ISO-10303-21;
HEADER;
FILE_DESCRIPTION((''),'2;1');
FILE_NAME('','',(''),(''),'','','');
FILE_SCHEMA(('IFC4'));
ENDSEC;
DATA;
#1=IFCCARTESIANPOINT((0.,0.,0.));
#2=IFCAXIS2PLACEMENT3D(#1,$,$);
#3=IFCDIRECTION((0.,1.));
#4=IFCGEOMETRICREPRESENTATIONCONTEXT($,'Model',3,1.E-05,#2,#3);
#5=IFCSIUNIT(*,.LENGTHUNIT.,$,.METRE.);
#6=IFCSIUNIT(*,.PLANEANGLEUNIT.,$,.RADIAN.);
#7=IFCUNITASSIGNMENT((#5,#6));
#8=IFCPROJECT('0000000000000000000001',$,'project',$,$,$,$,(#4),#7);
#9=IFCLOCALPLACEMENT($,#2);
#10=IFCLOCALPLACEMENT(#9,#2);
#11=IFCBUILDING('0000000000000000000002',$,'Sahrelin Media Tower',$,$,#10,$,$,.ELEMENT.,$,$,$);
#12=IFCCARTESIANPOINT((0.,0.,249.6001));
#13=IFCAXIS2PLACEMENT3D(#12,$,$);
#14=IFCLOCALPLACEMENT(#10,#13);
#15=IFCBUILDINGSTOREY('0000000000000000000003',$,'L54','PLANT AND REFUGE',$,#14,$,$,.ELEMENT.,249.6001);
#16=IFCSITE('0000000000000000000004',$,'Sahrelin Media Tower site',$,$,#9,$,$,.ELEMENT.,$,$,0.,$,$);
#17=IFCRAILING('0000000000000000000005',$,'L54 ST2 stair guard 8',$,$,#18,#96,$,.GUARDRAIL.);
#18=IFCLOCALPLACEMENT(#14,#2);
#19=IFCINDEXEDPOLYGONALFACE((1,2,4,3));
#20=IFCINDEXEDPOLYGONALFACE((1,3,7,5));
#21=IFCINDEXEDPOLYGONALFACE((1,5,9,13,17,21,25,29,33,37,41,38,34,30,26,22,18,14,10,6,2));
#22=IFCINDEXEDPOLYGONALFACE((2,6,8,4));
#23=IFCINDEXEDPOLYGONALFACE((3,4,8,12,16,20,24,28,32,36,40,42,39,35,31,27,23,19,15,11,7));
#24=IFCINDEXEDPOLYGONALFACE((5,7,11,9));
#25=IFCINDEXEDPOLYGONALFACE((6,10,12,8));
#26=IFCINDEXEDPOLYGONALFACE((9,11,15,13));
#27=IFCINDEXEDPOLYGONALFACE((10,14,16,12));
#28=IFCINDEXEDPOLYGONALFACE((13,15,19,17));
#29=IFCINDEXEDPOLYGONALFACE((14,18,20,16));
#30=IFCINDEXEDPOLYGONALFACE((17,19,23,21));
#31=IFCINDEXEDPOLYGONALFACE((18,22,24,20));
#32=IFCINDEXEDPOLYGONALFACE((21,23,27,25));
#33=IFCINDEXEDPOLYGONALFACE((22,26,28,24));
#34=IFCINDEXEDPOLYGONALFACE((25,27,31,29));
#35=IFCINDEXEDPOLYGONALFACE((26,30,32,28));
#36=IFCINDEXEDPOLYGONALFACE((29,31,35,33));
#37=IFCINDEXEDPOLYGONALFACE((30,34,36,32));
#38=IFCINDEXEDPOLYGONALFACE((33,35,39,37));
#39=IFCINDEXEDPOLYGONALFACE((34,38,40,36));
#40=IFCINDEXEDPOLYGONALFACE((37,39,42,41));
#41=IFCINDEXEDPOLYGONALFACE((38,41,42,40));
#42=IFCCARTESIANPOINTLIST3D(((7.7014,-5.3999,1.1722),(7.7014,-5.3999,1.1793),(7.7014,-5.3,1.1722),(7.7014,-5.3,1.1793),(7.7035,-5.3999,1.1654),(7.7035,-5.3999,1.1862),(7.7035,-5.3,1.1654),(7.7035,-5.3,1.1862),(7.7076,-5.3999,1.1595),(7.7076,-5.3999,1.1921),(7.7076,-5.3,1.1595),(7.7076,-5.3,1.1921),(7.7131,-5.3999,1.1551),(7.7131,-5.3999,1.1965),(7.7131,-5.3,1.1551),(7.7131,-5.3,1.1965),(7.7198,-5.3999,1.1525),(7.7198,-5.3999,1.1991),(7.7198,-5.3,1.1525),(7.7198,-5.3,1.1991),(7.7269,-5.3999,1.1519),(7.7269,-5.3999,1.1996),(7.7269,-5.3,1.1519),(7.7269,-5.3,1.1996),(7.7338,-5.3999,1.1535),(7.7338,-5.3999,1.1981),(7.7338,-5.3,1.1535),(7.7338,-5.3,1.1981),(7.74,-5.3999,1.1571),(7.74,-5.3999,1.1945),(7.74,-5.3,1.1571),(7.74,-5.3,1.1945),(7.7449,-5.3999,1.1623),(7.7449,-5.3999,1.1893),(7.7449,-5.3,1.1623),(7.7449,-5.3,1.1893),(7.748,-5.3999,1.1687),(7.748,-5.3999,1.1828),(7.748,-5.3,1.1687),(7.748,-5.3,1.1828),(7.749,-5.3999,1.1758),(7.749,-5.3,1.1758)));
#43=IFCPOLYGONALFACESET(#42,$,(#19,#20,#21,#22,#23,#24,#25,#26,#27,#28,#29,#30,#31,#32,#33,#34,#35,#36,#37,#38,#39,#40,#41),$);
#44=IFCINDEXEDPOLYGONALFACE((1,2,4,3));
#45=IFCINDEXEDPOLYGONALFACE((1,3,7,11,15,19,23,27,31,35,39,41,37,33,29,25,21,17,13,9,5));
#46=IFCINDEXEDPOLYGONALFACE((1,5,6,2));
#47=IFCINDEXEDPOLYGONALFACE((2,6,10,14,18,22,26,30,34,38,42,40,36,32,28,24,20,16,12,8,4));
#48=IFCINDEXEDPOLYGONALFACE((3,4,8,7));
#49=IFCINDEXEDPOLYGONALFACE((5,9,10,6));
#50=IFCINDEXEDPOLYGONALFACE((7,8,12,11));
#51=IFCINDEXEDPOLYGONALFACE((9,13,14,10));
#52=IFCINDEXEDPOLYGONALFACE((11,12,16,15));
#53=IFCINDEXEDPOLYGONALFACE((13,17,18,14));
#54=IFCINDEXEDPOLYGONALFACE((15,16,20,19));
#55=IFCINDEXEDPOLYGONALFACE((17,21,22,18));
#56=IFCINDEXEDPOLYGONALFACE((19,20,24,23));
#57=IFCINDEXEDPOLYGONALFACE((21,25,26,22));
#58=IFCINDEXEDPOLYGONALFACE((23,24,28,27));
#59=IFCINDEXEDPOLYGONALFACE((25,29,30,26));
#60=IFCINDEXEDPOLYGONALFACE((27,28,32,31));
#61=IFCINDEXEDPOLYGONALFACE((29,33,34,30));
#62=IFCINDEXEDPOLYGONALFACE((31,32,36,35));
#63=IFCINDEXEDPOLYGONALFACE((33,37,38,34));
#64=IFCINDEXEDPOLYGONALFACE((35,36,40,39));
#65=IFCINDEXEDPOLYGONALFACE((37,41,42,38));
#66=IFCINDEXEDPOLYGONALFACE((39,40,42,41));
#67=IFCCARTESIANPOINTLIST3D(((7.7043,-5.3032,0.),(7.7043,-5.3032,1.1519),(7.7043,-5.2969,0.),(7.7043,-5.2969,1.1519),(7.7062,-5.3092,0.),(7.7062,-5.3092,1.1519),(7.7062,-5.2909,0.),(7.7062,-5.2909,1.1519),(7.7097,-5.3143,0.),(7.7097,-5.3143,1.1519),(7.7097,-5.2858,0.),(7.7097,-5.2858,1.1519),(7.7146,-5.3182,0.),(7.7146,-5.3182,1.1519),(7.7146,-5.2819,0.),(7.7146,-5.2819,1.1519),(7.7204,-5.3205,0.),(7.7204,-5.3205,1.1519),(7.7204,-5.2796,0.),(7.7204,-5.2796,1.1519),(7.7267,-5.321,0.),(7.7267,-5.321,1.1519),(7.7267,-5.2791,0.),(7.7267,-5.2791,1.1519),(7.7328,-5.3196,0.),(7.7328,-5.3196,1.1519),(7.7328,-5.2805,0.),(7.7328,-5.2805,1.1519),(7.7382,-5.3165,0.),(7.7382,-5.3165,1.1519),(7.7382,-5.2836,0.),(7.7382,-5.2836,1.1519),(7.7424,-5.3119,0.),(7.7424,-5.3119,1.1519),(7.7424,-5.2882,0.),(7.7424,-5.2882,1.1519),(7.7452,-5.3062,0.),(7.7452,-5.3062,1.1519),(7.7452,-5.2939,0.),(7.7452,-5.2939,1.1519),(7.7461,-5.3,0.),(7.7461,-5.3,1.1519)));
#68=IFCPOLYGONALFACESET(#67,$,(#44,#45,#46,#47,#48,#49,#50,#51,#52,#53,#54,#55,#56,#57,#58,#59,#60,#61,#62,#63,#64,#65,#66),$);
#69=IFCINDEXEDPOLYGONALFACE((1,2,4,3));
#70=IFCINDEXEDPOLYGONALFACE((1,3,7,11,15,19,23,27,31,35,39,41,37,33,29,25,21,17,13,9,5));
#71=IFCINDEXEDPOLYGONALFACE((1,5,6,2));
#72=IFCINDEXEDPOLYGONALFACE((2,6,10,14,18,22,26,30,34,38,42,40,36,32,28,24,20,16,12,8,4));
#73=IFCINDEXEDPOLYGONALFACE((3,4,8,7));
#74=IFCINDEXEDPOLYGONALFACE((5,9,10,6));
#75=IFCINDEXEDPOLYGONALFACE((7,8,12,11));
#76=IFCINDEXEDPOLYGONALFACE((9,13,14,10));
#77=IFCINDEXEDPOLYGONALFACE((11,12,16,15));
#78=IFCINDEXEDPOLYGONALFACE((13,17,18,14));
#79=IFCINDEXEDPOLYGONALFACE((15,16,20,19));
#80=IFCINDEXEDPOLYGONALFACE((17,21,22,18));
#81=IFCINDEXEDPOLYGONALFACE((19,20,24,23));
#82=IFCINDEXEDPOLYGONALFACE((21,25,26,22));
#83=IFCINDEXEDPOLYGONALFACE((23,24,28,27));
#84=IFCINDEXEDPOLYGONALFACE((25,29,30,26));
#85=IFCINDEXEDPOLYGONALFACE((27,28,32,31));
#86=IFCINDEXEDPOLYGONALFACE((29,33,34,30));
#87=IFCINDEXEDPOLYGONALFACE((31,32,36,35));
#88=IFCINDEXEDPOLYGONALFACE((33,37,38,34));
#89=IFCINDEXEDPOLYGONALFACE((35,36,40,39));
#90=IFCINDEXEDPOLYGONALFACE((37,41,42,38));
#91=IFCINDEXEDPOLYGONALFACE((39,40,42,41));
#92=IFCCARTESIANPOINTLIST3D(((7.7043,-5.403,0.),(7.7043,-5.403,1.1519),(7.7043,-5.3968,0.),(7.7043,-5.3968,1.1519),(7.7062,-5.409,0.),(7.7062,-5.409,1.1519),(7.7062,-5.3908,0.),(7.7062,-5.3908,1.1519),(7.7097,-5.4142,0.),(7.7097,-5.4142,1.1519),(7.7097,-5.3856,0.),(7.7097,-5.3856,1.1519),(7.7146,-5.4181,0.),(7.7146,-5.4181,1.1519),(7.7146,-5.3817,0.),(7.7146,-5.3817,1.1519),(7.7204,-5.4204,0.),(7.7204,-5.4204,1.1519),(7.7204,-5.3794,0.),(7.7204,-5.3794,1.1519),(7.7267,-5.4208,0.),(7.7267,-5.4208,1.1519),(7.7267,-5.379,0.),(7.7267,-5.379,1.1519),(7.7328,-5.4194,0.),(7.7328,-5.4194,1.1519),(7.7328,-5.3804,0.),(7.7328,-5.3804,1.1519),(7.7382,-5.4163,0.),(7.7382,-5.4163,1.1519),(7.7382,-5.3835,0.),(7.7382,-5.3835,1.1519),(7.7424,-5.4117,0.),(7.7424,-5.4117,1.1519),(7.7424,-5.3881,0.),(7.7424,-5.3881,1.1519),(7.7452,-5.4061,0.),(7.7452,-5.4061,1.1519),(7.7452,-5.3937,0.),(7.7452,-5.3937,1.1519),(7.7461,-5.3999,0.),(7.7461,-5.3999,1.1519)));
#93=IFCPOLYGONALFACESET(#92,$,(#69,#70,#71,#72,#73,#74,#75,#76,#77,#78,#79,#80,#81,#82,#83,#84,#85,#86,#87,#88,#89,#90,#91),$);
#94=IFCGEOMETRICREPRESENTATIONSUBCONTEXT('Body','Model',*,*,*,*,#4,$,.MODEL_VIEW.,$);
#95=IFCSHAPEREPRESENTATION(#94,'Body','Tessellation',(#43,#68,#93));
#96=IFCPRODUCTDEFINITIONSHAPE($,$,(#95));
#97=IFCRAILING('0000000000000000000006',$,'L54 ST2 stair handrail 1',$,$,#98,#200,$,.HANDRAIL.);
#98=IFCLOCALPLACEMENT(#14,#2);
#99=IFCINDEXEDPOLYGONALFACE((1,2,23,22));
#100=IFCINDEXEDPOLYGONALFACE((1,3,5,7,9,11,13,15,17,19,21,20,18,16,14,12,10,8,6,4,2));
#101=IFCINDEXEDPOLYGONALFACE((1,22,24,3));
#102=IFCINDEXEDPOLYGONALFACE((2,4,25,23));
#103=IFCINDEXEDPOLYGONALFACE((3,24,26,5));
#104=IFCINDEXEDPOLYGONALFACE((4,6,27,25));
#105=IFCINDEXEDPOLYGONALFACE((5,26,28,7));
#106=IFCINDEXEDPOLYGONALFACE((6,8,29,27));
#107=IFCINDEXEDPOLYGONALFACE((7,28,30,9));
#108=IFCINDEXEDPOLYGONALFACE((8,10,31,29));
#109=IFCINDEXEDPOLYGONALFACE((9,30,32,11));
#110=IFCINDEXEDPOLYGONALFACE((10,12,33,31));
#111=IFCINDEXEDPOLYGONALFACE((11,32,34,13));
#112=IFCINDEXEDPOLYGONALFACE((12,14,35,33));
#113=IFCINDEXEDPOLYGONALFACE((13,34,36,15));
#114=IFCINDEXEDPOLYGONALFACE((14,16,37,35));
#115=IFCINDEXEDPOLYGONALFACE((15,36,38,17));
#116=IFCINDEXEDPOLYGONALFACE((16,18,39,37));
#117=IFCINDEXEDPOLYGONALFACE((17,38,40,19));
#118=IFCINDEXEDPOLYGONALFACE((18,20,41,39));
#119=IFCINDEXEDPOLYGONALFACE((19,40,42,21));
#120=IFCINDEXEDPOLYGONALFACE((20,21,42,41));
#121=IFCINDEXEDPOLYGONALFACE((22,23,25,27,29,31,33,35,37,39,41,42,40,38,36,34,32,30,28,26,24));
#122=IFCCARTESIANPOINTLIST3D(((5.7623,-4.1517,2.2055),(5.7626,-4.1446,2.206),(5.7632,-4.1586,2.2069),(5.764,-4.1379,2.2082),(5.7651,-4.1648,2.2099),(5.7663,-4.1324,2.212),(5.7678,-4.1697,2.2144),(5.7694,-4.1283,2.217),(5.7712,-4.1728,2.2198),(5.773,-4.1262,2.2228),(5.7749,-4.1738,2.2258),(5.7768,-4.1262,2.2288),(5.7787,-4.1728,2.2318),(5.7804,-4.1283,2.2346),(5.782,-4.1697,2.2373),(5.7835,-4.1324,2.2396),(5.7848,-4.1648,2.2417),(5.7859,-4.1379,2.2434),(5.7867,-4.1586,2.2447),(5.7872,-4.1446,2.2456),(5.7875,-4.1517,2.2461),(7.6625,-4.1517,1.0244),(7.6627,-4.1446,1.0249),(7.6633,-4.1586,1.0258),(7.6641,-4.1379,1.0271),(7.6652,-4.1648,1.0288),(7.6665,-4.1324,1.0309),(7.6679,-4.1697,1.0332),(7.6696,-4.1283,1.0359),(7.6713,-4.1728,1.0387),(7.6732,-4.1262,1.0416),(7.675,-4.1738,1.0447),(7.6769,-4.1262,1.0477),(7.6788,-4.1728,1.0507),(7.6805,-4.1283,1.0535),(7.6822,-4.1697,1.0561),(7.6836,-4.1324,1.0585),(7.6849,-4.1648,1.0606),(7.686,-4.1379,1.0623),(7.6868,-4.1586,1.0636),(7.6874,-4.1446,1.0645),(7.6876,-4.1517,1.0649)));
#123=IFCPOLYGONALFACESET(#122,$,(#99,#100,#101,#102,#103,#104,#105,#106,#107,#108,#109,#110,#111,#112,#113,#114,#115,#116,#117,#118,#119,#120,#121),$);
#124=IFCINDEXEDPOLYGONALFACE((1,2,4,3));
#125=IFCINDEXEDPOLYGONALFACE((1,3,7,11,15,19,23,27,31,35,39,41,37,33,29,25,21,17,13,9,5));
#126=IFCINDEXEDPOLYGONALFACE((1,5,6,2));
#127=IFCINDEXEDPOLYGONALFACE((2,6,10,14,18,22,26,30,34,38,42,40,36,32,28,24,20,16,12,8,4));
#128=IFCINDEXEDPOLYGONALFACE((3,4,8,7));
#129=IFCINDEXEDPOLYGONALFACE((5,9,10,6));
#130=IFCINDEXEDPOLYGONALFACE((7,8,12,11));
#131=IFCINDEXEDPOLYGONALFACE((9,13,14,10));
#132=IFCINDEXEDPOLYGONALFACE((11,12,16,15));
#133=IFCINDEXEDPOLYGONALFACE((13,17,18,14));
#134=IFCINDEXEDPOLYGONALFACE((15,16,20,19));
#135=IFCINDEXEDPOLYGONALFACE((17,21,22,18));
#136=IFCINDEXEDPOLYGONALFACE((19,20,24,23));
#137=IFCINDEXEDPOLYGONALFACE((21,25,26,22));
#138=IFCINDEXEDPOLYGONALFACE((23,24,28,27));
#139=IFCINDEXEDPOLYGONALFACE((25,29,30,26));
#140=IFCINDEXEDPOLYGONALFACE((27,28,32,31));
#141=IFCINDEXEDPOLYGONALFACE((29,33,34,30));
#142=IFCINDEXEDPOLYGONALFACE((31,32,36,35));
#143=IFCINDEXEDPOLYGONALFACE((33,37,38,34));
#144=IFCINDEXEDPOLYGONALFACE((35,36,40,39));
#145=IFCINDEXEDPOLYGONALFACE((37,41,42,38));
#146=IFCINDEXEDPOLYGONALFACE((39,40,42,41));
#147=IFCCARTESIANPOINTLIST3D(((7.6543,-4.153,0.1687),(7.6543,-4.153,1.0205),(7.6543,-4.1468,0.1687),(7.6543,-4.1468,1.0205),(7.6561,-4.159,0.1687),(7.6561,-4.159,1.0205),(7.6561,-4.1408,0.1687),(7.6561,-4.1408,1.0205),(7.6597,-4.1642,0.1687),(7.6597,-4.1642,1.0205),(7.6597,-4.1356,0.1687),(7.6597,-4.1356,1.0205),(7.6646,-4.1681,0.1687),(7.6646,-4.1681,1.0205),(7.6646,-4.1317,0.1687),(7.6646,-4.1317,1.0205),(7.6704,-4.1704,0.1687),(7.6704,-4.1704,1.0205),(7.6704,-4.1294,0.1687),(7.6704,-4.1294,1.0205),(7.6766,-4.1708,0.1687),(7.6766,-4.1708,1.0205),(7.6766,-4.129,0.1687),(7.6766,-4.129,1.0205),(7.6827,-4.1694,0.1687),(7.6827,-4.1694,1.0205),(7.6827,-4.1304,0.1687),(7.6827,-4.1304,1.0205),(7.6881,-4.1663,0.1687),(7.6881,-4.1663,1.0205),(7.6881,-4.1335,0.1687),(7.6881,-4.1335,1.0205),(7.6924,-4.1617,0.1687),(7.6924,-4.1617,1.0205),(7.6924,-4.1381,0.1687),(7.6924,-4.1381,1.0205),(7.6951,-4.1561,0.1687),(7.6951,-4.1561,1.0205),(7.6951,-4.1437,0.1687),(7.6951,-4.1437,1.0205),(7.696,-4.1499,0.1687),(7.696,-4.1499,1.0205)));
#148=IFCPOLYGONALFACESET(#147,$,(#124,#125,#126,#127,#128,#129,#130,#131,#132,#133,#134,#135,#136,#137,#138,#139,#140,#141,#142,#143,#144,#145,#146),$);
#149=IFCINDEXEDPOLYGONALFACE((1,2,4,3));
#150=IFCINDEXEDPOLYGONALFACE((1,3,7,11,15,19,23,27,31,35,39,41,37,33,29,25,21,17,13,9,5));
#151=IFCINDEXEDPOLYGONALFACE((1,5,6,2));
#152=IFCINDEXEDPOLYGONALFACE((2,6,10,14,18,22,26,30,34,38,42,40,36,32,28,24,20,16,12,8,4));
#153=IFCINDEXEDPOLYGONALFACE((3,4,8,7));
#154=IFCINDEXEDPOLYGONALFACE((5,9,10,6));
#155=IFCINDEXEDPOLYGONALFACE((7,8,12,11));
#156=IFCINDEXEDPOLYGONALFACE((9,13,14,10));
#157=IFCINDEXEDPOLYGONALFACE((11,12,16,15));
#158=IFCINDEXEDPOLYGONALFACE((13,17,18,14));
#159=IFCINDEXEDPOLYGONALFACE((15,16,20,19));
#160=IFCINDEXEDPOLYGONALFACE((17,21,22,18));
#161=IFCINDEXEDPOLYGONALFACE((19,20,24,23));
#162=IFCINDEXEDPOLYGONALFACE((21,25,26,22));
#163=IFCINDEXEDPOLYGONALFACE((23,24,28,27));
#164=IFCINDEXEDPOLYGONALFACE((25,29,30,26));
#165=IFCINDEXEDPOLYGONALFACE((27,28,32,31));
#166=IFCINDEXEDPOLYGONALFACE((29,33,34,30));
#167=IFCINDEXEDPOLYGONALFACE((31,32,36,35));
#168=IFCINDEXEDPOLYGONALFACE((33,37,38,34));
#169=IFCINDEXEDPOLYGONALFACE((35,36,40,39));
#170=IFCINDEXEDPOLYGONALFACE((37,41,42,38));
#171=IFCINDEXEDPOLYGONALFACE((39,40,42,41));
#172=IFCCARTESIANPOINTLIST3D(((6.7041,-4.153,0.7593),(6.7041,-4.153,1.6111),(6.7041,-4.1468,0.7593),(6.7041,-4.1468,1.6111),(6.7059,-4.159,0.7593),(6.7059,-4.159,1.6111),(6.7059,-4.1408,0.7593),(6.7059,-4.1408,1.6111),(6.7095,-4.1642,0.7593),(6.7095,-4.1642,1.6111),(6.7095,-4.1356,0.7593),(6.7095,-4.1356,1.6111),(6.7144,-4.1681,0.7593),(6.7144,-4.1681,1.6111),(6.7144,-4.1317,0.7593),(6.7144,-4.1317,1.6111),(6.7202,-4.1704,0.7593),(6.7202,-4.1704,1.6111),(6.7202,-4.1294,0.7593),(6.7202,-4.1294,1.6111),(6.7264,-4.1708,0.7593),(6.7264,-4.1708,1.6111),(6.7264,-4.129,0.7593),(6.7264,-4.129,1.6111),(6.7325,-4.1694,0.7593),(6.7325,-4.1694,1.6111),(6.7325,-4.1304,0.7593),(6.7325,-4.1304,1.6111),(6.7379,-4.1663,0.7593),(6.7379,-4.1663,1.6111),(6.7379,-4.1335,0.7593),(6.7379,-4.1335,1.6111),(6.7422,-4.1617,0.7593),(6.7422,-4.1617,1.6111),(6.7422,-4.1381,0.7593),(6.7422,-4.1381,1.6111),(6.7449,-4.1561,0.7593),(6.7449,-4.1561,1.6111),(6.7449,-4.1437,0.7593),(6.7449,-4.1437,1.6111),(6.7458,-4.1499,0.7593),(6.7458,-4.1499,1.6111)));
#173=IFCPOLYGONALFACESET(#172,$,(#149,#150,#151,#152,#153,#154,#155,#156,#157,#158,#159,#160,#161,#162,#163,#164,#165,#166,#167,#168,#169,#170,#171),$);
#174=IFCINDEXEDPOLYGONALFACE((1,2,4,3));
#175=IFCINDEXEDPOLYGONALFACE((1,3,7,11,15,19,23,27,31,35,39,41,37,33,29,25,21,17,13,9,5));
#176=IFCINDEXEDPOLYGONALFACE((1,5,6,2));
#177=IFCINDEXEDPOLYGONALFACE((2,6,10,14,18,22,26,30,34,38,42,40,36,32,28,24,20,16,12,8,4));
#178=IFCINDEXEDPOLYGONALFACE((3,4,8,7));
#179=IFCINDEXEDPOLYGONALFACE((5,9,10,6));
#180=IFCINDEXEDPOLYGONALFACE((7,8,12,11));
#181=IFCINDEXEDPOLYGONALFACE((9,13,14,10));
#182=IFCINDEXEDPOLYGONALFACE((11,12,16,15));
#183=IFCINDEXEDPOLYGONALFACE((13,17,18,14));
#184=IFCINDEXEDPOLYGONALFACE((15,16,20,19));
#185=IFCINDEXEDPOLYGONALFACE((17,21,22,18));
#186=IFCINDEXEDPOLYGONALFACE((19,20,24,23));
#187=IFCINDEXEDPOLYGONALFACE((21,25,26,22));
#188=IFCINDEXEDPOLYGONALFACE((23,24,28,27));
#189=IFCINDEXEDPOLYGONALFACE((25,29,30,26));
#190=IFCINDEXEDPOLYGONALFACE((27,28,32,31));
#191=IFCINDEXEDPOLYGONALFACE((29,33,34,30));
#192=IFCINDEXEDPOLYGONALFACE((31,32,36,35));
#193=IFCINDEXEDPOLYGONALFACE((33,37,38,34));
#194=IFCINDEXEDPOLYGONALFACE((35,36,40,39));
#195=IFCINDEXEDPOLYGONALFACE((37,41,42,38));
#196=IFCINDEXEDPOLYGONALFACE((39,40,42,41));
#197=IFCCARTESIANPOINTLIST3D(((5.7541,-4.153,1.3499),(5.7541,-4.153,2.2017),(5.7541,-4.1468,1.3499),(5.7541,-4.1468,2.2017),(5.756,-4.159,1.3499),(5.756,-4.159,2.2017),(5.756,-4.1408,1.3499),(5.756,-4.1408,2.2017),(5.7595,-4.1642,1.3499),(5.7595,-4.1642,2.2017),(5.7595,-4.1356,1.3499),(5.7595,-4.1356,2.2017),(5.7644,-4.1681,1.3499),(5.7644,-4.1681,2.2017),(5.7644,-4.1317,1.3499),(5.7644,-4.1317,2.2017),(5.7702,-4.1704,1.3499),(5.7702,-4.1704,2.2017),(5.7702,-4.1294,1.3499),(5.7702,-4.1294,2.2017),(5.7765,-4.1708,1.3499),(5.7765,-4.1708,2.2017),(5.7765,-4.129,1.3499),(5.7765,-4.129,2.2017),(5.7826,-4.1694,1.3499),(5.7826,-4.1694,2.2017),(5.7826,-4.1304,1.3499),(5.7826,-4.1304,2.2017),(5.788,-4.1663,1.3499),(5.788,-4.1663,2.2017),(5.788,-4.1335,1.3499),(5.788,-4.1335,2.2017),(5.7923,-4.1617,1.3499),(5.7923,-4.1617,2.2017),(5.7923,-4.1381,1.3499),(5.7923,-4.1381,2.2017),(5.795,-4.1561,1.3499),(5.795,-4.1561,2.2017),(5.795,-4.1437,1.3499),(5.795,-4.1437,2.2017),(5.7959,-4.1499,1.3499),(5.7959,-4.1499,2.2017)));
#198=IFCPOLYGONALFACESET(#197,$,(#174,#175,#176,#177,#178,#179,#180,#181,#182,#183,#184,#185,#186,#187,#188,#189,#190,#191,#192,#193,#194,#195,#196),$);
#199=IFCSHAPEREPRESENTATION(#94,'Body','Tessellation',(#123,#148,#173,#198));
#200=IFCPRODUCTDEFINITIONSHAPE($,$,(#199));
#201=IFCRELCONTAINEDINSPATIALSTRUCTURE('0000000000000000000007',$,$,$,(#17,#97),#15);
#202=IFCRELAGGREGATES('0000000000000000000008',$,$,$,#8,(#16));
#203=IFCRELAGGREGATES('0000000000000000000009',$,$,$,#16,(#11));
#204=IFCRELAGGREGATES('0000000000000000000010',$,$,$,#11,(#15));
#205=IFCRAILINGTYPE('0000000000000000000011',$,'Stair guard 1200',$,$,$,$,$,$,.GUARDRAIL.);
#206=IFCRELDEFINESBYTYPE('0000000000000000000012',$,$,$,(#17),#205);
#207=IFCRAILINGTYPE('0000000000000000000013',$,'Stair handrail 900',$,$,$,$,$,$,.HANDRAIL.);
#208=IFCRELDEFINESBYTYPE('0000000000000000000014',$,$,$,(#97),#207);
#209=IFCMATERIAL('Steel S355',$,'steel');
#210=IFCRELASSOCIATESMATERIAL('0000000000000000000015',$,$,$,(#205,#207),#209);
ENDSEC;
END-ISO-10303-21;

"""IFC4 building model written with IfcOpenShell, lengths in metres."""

from ifc_helpers import new_model, si_unit, direction, frame, origin, origin_2d, place, context, subcontext, project, spatial, circle, extrude, material, type_object, element, save


model = new_model("IFC4")

# Units and contexts
model_context = context("Model", 3, precision=1e-05, world=origin(), true_north=direction((0.0, 1.0)))
body_context = subcontext(model_context, "Body", "Model", "MODEL_VIEW")
ifc_project = project(units=[si_unit("LENGTHUNIT", "METRE"), si_unit("PLANEANGLEUNIT", "RADIAN")], contexts=[model_context])

# Site, building, storey
site_placement = place(None, origin())
site = spatial("IfcSite", under=ifc_project, at=site_placement, Name="Sahrelin Media Tower site", CompositionType="ELEMENT", RefElevation=0.0)
building_placement = place(site_placement, origin())
building = spatial("IfcBuilding", under=site, at=building_placement, Name="Sahrelin Media Tower", CompositionType="ELEMENT")
storey_placement = place(building_placement, frame((0.0, 0.0, 249.6001)))
storey = spatial("IfcBuildingStorey", under=building, at=storey_placement, Name="L54", Description="PLANT AND REFUGE", CompositionType="ELEMENT", Elevation=249.6001)

# Shared definitions
ifc_material_1 = material(Name="Steel S355", Category="steel")

# Railings
railing_type_1 = type_object("IfcRailingType", Name="Stair guard 1200", PredefinedType="GUARDRAIL", material=ifc_material_1)
railing_1_placement = place(storey_placement, frame((7.7251, -5.3, 0.0)))
element("IfcRailing", 1, at=railing_1_placement, inside=storey, type_object=railing_type_1, Name="L54 ST2 stair guard 8", PredefinedType="GUARDRAIL", context=body_context, shape_type="SweptSolid", body=[
    extrude(circle(Radius=0.0239, at=origin_2d()), frame((0.0, 0.0, 1.1758), z_axis=(0.0, -1.0, 0.0), x_axis=(1.0, 0.0, 0.0)), (0.0, 0.0, 1.0), 0.0999),
    extrude(circle(Radius=0.021, at=origin_2d()), origin(), (0.0, 0.0, 1.0), 1.1519),
    extrude(circle(Radius=0.021, at=origin_2d()), frame((0.0, -0.0999, 0.0)), (0.0, 0.0, 1.0), 1.1519),
])
railing_type_2 = type_object("IfcRailingType", Name="Stair handrail 900", PredefinedType="HANDRAIL", material=ifc_material_1)
for number, where, name in (
    (2, (7.675, -4.1499, 0.1687), "L54 ST2 stair handrail 1"),
):
    element("IfcRailing", number, at=place(storey_placement, frame(where)), inside=storey, type_object=railing_type_2, Name=name, PredefinedType="HANDRAIL", context=body_context, shape_type="SweptSolid", body=[
        extrude(circle(Radius=0.0239, at=origin_2d()), frame((0.0, 0.0, 0.876), z_axis=(-0.849289, 0.0, 0.527928), x_axis=(0.0, -1.0, 0.0)), (0.0, 0.0, 1.0), 2.2373),
        extrude(circle(Radius=0.021, at=origin_2d()), origin(), (0.0, 0.0, 1.0), 0.8518),
        extrude(circle(Radius=0.021, at=origin_2d()), frame((-0.9502, 0.0, 0.5906)), (0.0, 0.0, 1.0), 0.8518),
        extrude(circle(Radius=0.021, at=origin_2d()), frame((-1.9001, 0.0, 1.1812)), (0.0, 0.0, 1.0), 0.8518),
    ])

save(model, "model.ifc")
